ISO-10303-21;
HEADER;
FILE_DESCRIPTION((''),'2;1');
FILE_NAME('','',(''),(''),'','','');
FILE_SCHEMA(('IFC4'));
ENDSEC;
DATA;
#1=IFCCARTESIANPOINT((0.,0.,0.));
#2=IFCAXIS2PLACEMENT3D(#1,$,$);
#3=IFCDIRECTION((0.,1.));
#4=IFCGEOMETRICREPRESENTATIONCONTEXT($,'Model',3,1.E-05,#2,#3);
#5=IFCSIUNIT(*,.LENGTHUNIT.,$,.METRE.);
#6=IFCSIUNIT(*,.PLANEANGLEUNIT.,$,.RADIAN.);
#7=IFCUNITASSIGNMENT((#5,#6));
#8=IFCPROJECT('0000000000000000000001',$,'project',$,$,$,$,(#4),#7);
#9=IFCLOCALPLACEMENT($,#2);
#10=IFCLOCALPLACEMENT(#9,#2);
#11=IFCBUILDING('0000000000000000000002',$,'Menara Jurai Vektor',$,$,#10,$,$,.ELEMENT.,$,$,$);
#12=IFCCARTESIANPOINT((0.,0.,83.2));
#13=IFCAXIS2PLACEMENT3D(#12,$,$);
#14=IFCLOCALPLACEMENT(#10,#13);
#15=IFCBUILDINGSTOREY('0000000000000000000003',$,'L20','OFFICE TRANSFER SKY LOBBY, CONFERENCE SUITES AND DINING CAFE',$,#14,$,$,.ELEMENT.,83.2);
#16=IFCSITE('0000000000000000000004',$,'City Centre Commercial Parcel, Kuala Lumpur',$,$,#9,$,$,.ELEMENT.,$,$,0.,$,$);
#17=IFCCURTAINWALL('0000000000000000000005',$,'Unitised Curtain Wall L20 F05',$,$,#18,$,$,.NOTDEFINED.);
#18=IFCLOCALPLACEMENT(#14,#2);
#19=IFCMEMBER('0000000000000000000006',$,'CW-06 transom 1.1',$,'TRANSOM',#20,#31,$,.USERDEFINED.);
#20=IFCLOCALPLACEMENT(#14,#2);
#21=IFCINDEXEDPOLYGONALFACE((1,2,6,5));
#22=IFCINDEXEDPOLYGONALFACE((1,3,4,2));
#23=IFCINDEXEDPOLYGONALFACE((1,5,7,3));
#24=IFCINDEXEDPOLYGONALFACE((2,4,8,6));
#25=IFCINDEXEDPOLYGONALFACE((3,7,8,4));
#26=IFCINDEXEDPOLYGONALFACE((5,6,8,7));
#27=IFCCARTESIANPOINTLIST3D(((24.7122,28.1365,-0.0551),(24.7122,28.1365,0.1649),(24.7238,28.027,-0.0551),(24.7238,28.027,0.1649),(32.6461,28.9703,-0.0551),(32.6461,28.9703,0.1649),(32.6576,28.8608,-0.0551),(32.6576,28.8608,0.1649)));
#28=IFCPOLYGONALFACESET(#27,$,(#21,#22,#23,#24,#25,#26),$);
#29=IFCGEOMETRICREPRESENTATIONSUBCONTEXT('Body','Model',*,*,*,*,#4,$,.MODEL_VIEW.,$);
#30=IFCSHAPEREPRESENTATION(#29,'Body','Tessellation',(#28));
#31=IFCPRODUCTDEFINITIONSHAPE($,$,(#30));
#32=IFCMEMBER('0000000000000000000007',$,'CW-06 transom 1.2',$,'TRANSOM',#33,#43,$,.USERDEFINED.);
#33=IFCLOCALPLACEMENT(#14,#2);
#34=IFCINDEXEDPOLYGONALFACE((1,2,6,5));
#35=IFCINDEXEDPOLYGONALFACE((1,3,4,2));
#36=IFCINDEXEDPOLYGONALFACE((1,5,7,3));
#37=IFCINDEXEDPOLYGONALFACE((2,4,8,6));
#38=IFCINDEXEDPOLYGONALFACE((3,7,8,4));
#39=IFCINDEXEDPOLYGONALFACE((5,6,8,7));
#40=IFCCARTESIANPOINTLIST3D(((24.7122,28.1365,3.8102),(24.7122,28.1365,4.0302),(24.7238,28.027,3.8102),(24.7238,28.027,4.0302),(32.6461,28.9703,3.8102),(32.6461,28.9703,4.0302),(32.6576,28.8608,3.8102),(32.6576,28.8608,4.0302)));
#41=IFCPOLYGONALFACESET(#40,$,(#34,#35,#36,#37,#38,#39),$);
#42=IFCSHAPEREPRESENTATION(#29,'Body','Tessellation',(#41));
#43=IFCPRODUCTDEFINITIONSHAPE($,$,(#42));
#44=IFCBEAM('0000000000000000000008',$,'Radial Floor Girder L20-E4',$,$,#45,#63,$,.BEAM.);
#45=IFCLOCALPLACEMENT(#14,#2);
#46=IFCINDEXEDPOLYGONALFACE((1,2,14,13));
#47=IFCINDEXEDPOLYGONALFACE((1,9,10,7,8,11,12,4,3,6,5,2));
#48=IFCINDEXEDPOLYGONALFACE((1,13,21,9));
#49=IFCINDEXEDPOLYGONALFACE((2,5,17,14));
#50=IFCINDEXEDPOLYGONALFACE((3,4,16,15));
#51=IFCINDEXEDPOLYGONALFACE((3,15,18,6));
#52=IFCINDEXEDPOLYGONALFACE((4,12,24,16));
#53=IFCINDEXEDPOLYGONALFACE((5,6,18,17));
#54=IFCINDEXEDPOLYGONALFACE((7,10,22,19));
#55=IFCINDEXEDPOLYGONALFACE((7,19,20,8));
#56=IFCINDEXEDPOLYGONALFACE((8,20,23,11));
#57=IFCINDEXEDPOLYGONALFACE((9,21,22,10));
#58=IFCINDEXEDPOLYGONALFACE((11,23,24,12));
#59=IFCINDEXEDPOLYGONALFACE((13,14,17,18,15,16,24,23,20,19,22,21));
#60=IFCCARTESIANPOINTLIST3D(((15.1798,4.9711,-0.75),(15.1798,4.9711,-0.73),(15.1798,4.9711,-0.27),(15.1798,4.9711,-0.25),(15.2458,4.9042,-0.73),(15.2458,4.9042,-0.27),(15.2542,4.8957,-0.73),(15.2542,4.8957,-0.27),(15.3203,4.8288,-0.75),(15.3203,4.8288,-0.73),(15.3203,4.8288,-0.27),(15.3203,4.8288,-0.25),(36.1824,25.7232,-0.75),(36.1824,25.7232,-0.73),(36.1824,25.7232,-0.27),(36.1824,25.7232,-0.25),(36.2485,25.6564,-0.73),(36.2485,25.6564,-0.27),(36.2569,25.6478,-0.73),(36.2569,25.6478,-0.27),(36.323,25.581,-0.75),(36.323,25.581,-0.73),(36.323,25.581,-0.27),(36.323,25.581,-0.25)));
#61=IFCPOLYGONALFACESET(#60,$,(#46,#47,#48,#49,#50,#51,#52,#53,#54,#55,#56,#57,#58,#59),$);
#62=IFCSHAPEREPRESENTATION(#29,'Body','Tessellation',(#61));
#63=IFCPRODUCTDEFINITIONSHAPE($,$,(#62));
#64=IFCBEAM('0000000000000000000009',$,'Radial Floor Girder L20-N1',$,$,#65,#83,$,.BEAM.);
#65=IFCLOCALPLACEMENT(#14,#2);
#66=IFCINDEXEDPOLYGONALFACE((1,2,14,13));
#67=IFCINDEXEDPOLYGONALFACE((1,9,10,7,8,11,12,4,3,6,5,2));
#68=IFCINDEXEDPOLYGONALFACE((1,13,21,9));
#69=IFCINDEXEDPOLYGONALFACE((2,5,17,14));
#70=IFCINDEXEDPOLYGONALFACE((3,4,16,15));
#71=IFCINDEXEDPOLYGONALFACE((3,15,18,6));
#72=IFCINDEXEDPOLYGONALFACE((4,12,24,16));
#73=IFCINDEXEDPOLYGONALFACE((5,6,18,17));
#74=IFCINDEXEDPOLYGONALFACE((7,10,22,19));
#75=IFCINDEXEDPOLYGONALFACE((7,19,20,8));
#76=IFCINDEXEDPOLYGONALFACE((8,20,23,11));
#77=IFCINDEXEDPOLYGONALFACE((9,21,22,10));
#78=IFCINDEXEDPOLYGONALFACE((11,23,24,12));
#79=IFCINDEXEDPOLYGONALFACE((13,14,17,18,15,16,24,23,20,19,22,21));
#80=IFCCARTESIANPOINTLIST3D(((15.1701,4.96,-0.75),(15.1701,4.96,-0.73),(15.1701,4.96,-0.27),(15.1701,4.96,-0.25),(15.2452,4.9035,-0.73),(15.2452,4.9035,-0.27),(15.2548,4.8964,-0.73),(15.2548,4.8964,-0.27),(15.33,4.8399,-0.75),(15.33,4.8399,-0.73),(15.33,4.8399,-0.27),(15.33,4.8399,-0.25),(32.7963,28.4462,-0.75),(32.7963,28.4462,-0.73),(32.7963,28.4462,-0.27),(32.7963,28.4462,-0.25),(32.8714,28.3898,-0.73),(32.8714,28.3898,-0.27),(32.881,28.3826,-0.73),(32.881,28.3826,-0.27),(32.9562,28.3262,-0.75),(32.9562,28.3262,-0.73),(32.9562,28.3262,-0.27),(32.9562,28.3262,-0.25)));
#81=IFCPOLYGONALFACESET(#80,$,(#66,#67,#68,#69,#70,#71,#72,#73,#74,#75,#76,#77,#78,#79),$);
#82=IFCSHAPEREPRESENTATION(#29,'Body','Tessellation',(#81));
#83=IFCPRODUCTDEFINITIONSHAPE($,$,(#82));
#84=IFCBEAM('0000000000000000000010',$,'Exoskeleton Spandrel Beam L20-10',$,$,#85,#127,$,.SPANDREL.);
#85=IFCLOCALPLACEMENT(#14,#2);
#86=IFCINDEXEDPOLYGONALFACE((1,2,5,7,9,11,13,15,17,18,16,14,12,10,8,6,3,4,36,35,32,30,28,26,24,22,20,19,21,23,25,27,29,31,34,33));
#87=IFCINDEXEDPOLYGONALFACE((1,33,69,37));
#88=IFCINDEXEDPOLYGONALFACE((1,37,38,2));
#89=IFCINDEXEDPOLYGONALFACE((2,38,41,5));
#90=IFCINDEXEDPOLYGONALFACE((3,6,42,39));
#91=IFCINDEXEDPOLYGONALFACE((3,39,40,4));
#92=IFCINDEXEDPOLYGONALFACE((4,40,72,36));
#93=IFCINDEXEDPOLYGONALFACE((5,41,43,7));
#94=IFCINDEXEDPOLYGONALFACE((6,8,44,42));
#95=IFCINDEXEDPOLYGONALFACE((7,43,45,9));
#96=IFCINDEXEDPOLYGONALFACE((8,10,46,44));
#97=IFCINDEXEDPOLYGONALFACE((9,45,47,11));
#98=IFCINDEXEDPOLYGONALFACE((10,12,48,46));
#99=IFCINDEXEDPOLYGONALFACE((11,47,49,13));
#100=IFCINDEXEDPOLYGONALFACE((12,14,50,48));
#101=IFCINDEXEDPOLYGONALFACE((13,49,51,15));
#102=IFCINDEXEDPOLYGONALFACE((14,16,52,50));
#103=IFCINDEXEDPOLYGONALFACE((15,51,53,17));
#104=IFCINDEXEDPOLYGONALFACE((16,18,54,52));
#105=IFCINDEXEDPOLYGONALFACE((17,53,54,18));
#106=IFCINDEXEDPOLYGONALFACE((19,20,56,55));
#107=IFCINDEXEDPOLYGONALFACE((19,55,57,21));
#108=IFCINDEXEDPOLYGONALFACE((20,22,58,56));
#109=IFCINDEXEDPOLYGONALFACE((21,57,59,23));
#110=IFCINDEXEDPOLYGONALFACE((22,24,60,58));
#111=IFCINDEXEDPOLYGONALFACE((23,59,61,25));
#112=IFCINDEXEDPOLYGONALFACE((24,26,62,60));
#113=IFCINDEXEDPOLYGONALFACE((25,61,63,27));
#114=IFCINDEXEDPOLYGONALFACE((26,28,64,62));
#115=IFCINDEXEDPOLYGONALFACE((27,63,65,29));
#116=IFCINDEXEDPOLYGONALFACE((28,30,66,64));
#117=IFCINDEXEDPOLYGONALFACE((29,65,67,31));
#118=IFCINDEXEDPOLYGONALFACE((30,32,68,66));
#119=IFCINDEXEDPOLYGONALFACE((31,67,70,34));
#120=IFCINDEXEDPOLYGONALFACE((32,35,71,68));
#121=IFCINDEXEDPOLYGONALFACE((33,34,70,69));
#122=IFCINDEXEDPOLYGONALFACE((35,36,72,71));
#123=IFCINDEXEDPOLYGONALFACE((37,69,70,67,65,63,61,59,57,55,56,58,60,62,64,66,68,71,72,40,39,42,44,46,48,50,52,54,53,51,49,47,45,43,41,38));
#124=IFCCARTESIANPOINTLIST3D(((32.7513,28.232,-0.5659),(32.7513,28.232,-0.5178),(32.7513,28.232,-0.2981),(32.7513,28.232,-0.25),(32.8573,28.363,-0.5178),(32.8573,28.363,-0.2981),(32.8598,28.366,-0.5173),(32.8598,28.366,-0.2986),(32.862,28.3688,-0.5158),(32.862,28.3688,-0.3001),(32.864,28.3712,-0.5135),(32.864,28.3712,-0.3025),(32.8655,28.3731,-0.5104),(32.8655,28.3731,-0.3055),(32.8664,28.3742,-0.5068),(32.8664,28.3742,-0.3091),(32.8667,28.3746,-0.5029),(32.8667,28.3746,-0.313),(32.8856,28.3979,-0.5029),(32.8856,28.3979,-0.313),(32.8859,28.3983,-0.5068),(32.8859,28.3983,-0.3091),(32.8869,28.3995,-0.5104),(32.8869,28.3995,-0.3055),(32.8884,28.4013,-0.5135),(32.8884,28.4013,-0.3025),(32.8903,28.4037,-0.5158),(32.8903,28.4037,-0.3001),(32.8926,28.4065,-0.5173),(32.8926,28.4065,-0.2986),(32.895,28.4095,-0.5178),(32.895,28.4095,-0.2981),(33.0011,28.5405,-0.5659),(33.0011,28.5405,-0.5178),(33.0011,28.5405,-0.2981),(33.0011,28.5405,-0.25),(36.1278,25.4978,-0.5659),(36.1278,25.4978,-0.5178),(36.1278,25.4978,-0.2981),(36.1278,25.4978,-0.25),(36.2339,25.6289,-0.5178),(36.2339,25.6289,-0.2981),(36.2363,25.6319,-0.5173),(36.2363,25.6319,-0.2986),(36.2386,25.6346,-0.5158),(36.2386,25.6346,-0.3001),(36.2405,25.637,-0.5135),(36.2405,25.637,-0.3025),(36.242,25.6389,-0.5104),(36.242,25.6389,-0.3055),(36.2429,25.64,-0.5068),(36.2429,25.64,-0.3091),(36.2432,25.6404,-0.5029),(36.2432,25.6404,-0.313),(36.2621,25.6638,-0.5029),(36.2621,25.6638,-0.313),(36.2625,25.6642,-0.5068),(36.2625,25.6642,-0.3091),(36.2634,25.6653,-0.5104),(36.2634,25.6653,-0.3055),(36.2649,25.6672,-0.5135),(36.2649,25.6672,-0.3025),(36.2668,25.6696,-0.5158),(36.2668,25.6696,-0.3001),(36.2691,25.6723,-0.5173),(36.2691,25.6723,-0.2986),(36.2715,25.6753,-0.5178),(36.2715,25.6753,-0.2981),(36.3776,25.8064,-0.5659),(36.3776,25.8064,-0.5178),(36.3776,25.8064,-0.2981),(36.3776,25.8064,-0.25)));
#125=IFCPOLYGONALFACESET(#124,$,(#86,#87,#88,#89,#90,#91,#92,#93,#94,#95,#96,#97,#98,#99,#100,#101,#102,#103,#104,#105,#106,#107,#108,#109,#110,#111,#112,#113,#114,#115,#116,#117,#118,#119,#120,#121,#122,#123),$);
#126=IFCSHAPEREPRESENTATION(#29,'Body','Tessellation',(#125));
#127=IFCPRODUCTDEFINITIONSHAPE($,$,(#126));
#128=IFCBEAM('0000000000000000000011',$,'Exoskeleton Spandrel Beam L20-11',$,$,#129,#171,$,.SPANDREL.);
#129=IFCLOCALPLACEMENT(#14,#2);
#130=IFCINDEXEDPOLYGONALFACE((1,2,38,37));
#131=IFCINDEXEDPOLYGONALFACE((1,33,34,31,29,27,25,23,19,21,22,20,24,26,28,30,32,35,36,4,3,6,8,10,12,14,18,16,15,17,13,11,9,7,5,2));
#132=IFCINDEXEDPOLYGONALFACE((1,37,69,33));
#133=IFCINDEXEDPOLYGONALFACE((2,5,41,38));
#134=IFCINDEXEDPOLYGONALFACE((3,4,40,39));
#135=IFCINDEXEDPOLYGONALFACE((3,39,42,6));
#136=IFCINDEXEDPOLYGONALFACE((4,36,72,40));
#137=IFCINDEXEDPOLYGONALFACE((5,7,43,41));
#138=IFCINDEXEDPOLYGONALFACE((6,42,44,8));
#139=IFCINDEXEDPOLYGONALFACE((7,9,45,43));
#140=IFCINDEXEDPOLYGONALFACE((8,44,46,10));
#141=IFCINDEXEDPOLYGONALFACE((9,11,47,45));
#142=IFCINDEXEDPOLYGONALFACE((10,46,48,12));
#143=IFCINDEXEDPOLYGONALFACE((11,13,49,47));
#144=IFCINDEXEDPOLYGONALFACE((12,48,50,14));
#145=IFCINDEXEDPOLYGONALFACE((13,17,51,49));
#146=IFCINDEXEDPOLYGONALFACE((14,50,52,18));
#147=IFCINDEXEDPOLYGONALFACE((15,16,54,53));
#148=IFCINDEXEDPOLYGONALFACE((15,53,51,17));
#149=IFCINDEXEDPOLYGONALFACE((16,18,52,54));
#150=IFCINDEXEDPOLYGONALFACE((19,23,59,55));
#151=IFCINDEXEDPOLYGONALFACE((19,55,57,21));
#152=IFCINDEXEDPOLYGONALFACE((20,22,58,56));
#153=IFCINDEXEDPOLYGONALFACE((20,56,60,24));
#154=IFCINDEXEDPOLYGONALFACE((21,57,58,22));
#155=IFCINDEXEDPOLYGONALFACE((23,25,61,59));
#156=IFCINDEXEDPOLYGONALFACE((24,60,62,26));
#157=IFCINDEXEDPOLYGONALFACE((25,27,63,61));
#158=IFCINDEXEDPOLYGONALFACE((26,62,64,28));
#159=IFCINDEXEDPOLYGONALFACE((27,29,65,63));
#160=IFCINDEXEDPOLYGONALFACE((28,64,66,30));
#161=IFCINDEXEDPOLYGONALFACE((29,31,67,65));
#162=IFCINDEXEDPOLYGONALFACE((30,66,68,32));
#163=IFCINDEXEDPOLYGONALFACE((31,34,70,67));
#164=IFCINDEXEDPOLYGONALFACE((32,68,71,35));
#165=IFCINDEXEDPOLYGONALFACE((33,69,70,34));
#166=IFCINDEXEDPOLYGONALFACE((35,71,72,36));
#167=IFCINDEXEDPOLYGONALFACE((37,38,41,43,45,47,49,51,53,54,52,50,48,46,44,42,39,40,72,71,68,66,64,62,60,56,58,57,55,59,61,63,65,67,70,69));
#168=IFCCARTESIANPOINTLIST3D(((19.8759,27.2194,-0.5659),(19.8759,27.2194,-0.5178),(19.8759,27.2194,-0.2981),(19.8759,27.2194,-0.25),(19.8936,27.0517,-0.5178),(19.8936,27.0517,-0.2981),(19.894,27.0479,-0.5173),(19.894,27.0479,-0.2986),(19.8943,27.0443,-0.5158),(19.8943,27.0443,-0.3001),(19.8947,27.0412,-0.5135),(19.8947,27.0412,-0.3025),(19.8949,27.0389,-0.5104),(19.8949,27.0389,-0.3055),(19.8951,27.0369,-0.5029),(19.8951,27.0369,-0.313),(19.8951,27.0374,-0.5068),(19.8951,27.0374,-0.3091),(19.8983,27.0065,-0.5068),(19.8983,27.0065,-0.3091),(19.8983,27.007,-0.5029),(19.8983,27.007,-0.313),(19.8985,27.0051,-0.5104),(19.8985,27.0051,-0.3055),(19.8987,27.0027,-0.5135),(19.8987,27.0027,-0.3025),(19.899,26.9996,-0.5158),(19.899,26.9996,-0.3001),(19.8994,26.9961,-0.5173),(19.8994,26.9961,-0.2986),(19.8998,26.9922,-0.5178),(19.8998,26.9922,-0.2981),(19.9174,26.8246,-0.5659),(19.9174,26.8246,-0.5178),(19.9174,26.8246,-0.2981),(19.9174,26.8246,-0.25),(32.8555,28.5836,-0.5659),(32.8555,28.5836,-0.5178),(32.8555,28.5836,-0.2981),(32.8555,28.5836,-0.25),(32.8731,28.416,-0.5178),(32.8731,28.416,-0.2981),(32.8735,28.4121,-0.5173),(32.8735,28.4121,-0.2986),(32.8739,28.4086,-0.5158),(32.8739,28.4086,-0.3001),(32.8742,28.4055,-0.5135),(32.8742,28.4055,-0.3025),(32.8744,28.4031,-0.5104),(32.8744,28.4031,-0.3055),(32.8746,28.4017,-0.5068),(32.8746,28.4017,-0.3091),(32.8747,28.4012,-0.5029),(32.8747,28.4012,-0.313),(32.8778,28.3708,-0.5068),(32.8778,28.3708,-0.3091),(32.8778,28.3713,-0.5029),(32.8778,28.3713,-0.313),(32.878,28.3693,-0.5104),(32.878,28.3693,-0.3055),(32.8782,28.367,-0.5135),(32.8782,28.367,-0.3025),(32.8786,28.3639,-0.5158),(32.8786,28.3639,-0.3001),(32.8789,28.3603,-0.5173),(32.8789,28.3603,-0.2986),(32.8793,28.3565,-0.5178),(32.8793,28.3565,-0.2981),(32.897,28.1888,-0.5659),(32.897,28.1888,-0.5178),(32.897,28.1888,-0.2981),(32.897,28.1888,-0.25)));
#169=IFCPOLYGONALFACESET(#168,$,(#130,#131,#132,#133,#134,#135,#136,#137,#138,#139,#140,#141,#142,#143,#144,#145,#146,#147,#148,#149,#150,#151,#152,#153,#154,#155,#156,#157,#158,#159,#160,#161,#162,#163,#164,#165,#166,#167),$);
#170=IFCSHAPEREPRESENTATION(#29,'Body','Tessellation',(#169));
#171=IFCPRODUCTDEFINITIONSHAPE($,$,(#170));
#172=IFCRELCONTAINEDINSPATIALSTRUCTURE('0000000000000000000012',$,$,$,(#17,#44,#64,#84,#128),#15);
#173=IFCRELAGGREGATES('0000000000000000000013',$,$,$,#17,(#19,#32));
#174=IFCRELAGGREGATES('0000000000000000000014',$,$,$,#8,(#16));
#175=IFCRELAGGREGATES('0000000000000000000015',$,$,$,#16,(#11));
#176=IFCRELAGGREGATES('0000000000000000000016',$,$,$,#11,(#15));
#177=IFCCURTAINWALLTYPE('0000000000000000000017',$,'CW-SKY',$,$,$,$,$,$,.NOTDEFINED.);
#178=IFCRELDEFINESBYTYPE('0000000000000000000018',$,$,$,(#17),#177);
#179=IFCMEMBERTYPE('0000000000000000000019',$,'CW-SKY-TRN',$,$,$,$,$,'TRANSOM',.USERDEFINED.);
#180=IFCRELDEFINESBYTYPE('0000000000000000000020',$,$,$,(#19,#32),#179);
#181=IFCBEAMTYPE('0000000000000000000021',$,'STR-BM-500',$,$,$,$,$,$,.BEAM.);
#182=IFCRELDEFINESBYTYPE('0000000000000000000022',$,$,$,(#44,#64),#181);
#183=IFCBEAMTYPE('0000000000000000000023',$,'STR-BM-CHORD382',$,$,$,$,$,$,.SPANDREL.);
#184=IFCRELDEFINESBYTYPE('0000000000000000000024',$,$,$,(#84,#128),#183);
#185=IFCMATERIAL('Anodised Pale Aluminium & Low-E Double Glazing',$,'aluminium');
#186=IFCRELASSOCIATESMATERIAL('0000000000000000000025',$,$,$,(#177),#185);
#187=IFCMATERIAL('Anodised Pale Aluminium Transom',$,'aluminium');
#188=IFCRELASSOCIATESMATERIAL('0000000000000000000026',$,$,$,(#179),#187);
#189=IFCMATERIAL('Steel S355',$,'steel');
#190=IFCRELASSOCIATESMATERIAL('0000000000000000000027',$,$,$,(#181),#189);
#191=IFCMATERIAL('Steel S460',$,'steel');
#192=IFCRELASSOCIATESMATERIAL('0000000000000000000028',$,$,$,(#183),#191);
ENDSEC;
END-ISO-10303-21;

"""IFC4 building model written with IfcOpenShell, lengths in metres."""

from ifc_helpers import new_model, si_unit, direction, frame, origin, origin_2d, place, context, subcontext, project, spatial, rectangle, i_section, extrude, material, material_profile, profile_set, type_object, element, aggregate, save


model = new_model("IFC4")

# Units and contexts
model_context = context("Model", 3, precision=1e-05, world=origin(), true_north=direction((0.0, 1.0)))
body_context = subcontext(model_context, "Body", "Model", "MODEL_VIEW")
ifc_project = project(units=[si_unit("LENGTHUNIT", "METRE"), si_unit("PLANEANGLEUNIT", "RADIAN")], contexts=[model_context])

# Site, building, storey
site_placement = place(None, origin())
site = spatial("IfcSite", under=ifc_project, at=site_placement, Name="City Centre Commercial Parcel, Kuala Lumpur", CompositionType="ELEMENT", RefElevation=0.0)
building_placement = place(site_placement, origin())
building = spatial("IfcBuilding", under=site, at=building_placement, Name="Menara Jurai Vektor", CompositionType="ELEMENT")
storey_placement = place(building_placement, frame((0.0, 0.0, 83.2)))
storey = spatial("IfcBuildingStorey", under=building, at=storey_placement, Name="L20", Description="OFFICE TRANSFER SKY LOBBY, CONFERENCE SUITES AND DINING CAFE", CompositionType="ELEMENT", Elevation=83.2)

# Shared definitions
ifc_material_1 = material(Name="Steel S460", Category="steel")

# Shared definitions
ifc_material_2 = material(Name="Anodised Pale Aluminium & Low-E Double Glazing", Category="aluminium")
curtain_wall_type = type_object("IfcCurtainWallType", Name="CW-SKY", PredefinedType="NOTDEFINED", material=ifc_material_2)

# Curtain wall
curtain_wall_1_placement = place(storey_placement, origin())
curtain_wall_1 = element("IfcCurtainWall", 1, at=curtain_wall_1_placement, inside=storey, type_object=curtain_wall_type, Name="Unitised Curtain Wall L20 F05", PredefinedType="NOTDEFINED")

# Members
ifc_material_3 = material(Name="Anodised Pale Aluminium Transom", Category="aluminium")
ifc_material_profile_1 = material_profile(ifc_material_3, rectangle(XDim=0.1101, YDim=0.22, at=origin_2d()), Name="ALU TRN 110x220")
ifc_profile_set_1 = profile_set([ifc_material_profile_1], Name="Anodised Pale Aluminium Transom")
member_type_1 = type_object("IfcMemberType", Name="CW-SKY-TRN", ElementType="TRANSOM", PredefinedType="USERDEFINED", material=ifc_profile_set_1)
member_1_placement = place(storey_placement, frame((32.6519, 28.9155, 0.0549), z_axis=(-0.994524, -0.104511, 0.0), x_axis=(0.104511, -0.994524, 0.0)))
member_1 = element("IfcMember", 2, at=member_1_placement, type_object=member_type_1, Name="CW-06 transom 1.1", ObjectType="TRANSOM", PredefinedType="USERDEFINED", context=body_context, shape_type="SweptSolid", body=[
    extrude(rectangle(XDim=0.1101, YDim=0.22, at=origin_2d()), origin(), (0.0, 0.0, 1.0), 7.9775),
])
member_2_placement = place(storey_placement, frame((32.6519, 28.9155, 3.9202), z_axis=(-0.994524, -0.104511, 0.0), x_axis=(0.104511, -0.994524, 0.0)))
member_2 = element("IfcMember", 3, at=member_2_placement, type_object=member_type_1, Name="CW-06 transom 1.2", ObjectType="TRANSOM", PredefinedType="USERDEFINED", context=body_context, shape_type="SweptSolid", body=[
    extrude(rectangle(XDim=0.1101, YDim=0.22, at=origin_2d()), origin(), (0.0, 0.0, 1.0), 7.9775),
])

# Beams
ifc_material_4 = material(Name="Steel S355", Category="steel")
ifc_material_profile_2 = material_profile(ifc_material_4, i_section(OverallWidth=0.2, OverallDepth=0.5, WebThickness=0.012, FlangeThickness=0.02, at=origin_2d()), Name="PG 500x200x96")
ifc_profile_set_2 = profile_set([ifc_material_profile_2], Name="Steel S355")
beam_type_1 = type_object("IfcBeamType", Name="STR-BM-500", PredefinedType="BEAM", material=ifc_profile_set_2)
beam_1_placement = place(storey_placement, frame((36.2527, 25.6521, -0.5), z_axis=(-0.711336, -0.702852, 0.0), x_axis=(0.702852, -0.711336, 0.0)))
element("IfcBeam", 4, at=beam_1_placement, inside=storey, type_object=beam_type_1, Name="Radial Floor Girder L20-E4", PredefinedType="BEAM", context=body_context, shape_type="SweptSolid", body=[
    extrude(i_section(OverallWidth=0.2, OverallDepth=0.5, WebThickness=0.012, FlangeThickness=0.02, at=origin_2d()), origin(), (0.0, 0.0, 1.0), 29.5256),
])
beam_2_placement = place(storey_placement, frame((32.8762, 28.3862, -0.5), z_axis=(-0.60025, -0.799812, 0.0), x_axis=(0.799812, -0.60025, 0.0)))
element("IfcBeam", 5, at=beam_2_placement, inside=storey, type_object=beam_type_1, Name="Radial Floor Girder L20-N1", PredefinedType="BEAM", context=body_context, shape_type="SweptSolid", body=[
    extrude(i_section(OverallWidth=0.2, OverallDepth=0.5, WebThickness=0.012, FlangeThickness=0.02, at=origin_2d()), origin(), (0.0, 0.0, 1.0), 29.3647),
])
ifc_material_profile_3 = material_profile(ifc_material_1, i_section(OverallWidth=0.397, OverallDepth=0.3159, WebThickness=0.03, FlangeThickness=0.0481, FilletRadius=0.0149, at=origin_2d()), Name="HD 400x382")
ifc_profile_set_3 = profile_set([ifc_material_profile_3], Name="Steel S460")
beam_type_2 = type_object("IfcBeamType", Name="STR-BM-CHORD382", PredefinedType="SPANDREL", material=ifc_profile_set_3)
beam_3_placement = place(storey_placement, frame((36.2527, 25.6521, -0.408), z_axis=(-0.777155, 0.62931, 0.0), x_axis=(-0.62931, -0.777155, 0.0)))
element("IfcBeam", 6, at=beam_3_placement, inside=storey, type_object=beam_type_2, Name="Exoskeleton Spandrel Beam L20-10", PredefinedType="SPANDREL", context=body_context, shape_type="SweptSolid", body=[
    extrude(i_section(OverallWidth=0.397, OverallDepth=0.3159, WebThickness=0.03, FlangeThickness=0.0481, FilletRadius=0.0149, at=origin_2d()), origin(), (0.0, 0.0, 1.0), 4.3447),
])
beam_4_placement = place(storey_placement, frame((32.8762, 28.3862, -0.408), z_axis=(-0.994521, -0.104533, 0.0), x_axis=(0.104533, -0.994521, 0.0)))
element("IfcBeam", 7, at=beam_4_placement, inside=storey, type_object=beam_type_2, Name="Exoskeleton Spandrel Beam L20-11", PredefinedType="SPANDREL", context=body_context, shape_type="SweptSolid", body=[
    extrude(i_section(OverallWidth=0.397, OverallDepth=0.3159, WebThickness=0.03, FlangeThickness=0.0481, FilletRadius=0.0149, at=origin_2d()), origin(), (0.0, 0.0, 1.0), 13.051),
])

aggregate(curtain_wall_1, [member_1, member_2])

save(model, "model.ifc")
